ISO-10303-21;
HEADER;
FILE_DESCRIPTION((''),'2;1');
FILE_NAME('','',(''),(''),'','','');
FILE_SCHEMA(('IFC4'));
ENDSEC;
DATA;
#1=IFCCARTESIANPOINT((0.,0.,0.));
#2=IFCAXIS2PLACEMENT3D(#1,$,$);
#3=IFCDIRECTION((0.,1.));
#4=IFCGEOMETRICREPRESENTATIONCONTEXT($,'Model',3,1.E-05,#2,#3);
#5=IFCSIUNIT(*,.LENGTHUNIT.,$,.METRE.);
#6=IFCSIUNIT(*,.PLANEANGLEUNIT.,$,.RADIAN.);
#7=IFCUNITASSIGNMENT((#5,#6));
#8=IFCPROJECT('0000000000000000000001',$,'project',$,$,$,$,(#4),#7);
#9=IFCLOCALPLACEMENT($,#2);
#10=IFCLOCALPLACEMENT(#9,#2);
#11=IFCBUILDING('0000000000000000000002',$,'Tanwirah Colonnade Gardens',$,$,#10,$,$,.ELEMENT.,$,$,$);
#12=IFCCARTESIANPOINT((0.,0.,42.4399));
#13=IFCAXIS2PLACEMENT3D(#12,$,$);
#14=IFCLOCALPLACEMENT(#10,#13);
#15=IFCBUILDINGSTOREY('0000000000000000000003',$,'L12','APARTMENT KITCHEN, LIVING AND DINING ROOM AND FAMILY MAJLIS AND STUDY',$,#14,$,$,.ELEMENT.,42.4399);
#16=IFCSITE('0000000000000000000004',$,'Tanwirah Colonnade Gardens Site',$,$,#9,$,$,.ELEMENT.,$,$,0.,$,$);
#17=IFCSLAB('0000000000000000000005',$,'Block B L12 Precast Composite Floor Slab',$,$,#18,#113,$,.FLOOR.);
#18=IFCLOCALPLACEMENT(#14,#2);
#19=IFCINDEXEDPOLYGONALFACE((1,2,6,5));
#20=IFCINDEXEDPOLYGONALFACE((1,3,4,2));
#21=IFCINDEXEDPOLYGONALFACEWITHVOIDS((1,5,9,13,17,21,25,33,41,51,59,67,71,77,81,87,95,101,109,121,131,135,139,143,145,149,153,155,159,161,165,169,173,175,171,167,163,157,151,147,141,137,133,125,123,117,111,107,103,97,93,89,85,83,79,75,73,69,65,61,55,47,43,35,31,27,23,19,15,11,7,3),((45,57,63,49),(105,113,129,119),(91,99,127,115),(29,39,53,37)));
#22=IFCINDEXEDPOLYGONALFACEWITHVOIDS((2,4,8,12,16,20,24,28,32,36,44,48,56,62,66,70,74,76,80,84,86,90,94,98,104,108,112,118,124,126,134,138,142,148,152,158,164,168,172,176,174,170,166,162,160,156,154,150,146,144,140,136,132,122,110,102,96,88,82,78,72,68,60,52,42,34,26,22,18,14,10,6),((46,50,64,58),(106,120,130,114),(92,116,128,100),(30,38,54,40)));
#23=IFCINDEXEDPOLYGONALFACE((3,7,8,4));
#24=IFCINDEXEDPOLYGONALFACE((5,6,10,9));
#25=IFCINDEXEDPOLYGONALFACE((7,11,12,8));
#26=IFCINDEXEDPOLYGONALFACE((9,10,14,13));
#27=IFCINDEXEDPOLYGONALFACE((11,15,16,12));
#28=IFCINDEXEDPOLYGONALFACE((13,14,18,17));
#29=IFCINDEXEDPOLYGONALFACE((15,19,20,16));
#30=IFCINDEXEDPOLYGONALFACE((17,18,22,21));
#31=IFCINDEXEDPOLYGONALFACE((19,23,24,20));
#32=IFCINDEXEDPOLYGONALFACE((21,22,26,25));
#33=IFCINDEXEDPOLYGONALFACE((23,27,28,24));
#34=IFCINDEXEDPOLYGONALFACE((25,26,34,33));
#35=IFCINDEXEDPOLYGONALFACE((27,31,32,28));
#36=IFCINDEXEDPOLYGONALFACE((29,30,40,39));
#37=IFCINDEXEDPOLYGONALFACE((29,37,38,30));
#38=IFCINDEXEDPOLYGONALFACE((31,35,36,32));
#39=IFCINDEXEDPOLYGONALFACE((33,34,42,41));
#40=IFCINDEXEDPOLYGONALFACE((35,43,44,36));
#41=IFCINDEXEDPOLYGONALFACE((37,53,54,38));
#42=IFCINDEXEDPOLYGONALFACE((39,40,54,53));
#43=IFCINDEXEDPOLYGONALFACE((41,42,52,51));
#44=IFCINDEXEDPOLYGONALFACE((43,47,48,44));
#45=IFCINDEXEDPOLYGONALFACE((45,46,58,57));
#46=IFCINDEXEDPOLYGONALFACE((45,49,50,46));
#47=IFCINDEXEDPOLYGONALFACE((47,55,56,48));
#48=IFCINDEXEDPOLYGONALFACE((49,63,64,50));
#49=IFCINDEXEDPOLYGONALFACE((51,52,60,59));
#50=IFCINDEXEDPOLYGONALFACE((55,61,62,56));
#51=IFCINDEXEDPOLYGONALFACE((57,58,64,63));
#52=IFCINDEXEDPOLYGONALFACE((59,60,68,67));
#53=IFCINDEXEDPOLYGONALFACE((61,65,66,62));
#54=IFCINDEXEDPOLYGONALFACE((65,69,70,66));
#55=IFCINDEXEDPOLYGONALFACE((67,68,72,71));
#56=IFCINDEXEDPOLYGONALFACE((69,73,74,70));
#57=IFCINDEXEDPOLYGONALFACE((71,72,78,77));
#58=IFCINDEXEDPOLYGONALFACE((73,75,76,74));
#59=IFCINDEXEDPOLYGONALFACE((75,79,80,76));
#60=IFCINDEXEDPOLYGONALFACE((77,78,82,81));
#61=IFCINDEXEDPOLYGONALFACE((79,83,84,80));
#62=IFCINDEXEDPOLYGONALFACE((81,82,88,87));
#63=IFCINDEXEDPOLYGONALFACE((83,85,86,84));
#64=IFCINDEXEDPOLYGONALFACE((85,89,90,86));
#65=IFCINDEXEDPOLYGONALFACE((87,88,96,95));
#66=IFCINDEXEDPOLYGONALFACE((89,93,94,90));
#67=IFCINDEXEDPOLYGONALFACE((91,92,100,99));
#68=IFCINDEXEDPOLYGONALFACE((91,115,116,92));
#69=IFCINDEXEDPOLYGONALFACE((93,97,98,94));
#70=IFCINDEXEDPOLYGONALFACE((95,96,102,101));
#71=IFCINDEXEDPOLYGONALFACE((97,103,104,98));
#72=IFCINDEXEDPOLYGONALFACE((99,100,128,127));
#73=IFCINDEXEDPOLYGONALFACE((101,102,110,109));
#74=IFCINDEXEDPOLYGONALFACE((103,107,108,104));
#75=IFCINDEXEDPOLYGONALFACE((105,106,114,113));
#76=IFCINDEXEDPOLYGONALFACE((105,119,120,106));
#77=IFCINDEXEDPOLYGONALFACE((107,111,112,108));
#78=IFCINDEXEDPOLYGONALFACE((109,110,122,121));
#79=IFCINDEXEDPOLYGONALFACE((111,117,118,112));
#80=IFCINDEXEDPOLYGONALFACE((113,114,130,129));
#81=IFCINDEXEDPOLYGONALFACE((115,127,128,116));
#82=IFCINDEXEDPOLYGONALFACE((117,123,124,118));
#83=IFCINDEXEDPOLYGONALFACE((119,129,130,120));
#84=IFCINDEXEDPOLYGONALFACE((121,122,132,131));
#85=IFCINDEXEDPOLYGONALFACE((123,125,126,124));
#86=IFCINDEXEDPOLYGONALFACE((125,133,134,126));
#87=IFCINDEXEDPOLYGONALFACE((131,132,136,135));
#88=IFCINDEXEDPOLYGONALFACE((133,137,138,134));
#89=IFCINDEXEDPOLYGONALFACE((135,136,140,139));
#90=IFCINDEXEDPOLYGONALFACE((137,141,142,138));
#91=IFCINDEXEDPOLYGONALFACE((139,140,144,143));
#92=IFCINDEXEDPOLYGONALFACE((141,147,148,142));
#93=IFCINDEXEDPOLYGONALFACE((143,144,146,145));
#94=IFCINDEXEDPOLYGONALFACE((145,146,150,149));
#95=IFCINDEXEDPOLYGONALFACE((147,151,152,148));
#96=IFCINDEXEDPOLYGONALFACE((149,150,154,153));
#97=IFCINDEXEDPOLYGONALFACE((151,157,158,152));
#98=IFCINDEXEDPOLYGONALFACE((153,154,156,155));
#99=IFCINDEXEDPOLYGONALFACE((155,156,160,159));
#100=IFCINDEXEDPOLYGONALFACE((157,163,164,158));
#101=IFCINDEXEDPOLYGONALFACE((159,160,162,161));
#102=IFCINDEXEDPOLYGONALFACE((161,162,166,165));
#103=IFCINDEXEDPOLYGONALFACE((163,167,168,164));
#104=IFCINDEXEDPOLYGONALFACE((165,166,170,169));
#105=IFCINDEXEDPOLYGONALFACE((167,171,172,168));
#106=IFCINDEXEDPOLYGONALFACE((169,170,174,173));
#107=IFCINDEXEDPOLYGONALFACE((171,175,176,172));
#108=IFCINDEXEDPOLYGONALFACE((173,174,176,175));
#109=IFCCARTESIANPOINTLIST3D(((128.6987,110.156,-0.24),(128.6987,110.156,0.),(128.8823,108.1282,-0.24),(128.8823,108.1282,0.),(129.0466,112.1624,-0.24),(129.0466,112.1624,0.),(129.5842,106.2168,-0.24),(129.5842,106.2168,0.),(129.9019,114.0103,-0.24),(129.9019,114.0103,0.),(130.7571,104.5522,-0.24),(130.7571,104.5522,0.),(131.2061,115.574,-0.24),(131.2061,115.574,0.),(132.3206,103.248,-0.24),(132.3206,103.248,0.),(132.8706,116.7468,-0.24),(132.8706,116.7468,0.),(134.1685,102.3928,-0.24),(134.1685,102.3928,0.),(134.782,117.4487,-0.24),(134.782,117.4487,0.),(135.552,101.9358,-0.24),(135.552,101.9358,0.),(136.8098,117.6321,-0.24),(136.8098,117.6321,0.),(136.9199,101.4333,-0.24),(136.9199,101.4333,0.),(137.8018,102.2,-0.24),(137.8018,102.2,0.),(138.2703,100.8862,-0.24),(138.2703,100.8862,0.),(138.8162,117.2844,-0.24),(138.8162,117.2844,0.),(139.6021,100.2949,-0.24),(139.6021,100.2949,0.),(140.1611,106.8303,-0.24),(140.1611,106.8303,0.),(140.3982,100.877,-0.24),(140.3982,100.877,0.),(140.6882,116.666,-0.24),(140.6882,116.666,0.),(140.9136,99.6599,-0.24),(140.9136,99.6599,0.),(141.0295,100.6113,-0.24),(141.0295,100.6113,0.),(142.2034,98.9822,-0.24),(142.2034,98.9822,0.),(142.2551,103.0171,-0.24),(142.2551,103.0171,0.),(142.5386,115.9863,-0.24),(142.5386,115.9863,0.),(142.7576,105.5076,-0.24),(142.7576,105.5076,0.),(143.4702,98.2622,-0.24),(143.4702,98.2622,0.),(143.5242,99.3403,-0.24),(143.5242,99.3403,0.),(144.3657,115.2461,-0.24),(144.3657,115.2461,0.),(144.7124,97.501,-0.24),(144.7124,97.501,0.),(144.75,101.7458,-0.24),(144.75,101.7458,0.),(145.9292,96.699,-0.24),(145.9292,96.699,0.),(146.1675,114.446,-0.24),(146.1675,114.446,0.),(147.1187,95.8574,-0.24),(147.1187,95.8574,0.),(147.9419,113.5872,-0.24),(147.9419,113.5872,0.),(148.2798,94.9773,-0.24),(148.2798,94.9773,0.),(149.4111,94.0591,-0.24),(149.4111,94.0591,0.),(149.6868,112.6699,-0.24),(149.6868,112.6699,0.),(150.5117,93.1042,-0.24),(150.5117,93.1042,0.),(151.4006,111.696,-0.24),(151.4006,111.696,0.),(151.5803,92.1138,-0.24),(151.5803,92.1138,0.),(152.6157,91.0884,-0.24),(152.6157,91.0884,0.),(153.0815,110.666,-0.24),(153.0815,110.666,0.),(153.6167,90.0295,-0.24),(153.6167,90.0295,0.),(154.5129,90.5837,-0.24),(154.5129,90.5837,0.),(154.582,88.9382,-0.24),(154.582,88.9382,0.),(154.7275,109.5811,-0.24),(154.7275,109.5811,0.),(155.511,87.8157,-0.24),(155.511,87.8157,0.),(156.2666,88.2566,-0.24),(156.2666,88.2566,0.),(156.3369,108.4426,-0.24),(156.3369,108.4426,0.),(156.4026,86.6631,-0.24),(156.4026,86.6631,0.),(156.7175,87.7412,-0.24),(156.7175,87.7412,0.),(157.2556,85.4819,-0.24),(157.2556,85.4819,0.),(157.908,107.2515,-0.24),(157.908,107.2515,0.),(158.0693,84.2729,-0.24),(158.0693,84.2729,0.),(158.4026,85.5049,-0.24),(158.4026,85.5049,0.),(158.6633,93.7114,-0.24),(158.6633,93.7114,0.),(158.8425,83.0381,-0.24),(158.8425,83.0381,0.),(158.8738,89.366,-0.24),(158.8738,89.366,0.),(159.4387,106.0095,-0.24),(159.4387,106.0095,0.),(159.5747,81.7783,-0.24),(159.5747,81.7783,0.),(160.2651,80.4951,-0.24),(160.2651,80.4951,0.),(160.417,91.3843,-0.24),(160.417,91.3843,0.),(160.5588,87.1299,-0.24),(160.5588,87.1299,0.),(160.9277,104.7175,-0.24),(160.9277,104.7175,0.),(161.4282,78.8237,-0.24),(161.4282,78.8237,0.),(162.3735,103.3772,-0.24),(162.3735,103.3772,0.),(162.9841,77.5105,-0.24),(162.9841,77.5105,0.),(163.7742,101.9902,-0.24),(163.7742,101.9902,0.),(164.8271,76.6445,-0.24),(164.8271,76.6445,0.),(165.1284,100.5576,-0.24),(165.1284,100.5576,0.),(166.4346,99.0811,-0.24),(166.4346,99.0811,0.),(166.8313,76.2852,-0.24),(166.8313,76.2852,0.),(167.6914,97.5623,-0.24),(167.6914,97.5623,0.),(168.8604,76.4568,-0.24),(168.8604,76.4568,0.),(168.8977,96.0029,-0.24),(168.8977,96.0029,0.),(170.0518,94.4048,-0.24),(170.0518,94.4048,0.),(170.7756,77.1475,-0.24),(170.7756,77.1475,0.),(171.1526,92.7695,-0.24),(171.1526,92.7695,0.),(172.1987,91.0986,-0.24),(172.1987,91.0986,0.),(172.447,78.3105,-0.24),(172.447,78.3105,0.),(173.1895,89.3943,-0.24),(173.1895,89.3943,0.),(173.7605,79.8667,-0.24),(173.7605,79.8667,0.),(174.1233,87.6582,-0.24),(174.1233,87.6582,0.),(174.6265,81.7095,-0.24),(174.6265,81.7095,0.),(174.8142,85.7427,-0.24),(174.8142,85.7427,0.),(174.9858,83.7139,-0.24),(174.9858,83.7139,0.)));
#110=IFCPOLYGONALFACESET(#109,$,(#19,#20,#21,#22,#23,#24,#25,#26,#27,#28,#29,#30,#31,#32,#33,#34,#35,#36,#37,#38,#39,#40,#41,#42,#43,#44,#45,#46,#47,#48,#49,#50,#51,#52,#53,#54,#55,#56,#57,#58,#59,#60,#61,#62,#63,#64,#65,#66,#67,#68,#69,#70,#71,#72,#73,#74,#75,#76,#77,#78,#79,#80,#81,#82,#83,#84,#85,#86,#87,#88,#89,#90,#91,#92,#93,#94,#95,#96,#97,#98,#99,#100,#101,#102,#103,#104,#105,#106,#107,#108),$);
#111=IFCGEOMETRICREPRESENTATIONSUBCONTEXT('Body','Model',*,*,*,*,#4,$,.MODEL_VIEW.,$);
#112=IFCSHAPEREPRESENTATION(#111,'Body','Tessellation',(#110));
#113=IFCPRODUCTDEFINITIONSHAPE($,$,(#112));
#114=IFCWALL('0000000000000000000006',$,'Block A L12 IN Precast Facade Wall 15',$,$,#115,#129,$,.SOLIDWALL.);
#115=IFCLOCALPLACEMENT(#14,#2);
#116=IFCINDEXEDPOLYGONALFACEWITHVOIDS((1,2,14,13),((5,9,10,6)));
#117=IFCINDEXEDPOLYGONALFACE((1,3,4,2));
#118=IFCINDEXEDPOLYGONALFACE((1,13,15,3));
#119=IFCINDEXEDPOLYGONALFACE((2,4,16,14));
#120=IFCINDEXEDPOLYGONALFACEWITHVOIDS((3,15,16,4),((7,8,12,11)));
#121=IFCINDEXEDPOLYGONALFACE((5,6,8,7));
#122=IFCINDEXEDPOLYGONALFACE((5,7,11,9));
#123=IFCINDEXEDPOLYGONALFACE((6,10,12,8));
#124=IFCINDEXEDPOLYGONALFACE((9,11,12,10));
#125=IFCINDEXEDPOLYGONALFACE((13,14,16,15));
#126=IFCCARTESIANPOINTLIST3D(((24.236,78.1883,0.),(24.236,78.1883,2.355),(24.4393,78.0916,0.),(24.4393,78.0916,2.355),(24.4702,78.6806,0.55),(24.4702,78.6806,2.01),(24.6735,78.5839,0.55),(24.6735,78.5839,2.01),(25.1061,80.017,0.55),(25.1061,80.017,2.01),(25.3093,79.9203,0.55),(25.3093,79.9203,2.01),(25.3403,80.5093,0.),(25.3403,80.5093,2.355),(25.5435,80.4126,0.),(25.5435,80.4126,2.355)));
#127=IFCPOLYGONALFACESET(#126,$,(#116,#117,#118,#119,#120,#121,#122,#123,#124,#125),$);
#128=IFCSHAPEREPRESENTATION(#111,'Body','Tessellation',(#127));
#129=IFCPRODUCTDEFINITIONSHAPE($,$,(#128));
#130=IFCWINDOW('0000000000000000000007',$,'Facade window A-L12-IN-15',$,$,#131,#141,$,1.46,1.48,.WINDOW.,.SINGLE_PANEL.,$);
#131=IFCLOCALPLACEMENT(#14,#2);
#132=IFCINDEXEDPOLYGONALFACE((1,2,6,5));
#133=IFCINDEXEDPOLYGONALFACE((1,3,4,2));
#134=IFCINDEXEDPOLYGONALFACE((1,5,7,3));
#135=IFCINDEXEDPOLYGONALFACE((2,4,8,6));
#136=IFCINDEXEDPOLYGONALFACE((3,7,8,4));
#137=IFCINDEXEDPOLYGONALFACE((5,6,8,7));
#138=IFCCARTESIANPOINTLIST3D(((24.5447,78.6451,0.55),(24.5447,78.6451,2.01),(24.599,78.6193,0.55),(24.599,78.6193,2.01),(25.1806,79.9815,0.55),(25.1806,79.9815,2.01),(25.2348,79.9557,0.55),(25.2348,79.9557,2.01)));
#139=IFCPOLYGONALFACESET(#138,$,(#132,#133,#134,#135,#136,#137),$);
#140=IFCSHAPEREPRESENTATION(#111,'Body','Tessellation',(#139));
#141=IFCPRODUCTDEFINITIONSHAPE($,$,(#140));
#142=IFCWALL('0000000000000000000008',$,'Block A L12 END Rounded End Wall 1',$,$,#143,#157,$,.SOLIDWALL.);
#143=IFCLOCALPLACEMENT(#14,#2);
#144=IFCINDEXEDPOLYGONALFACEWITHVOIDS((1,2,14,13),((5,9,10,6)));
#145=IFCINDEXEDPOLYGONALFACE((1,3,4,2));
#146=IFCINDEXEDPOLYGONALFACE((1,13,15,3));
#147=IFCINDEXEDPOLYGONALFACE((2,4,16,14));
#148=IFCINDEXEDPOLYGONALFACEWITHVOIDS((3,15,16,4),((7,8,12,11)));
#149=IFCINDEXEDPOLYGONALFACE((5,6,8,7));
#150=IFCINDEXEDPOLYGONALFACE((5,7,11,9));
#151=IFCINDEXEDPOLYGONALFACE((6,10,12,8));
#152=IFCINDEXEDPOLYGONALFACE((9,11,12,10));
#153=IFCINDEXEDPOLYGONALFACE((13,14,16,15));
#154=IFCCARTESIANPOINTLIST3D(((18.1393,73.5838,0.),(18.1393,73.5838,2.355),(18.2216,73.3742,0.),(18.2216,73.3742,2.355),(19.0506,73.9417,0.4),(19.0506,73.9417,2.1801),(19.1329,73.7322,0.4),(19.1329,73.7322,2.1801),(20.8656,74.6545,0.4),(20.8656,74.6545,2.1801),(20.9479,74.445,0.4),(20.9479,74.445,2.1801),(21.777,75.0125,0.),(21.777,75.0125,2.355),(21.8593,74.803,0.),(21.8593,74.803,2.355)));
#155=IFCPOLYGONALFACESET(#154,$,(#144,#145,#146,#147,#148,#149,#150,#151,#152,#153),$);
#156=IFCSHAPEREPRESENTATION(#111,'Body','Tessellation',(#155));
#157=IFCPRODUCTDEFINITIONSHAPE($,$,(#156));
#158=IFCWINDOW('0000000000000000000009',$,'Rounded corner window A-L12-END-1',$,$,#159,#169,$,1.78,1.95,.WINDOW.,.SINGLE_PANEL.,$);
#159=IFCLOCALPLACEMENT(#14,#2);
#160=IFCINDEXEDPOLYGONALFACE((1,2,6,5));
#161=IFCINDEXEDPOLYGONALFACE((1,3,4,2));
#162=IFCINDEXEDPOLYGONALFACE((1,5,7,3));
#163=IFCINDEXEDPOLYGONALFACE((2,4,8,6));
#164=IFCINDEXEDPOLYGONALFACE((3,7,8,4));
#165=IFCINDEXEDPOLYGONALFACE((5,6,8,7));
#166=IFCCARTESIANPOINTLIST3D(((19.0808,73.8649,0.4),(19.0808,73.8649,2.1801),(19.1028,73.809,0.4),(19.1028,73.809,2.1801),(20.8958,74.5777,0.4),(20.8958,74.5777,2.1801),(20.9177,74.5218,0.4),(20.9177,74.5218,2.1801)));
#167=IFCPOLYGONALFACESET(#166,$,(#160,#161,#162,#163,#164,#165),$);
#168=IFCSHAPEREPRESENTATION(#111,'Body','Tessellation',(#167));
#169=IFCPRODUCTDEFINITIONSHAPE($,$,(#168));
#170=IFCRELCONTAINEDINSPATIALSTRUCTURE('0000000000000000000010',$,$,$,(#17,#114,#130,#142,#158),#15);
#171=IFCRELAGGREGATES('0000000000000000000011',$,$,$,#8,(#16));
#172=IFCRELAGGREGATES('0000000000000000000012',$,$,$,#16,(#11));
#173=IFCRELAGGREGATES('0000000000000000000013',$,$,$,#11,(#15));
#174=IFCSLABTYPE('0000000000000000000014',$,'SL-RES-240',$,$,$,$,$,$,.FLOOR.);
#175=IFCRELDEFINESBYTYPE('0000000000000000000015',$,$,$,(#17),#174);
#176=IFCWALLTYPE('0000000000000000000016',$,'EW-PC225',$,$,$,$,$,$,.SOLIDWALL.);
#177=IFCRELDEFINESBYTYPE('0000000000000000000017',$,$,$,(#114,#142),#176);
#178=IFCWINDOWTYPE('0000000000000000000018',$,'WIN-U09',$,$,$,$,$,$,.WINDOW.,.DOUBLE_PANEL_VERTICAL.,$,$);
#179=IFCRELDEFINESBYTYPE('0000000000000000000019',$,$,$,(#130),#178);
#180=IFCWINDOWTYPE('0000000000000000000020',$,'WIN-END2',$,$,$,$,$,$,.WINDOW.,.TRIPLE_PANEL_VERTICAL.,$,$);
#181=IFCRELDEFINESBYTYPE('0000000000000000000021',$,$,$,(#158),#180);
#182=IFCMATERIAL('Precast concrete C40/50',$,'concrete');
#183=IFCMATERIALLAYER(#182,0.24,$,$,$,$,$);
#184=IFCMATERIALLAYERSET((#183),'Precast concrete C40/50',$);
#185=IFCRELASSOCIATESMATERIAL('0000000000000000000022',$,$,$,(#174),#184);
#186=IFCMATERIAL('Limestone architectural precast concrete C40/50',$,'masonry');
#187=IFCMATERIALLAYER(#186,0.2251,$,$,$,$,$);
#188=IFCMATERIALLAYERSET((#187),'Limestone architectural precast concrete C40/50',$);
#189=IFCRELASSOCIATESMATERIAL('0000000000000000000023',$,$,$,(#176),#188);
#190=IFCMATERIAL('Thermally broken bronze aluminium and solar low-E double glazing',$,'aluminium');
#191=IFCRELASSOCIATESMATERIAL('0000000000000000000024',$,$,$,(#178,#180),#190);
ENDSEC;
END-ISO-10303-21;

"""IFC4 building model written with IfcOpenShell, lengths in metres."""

from ifc_helpers import new_model, si_unit, direction, frame, frame_2d, origin, place, context, subcontext, project, spatial, polyline, rectangle, outline, extrude, material, layer, layer_set, type_object, element, fill, save


model = new_model("IFC4")

# Units and contexts
model_context = context("Model", 3, precision=1e-05, world=origin(), true_north=direction((0.0, 1.0)))
body_context = subcontext(model_context, "Body", "Model", "MODEL_VIEW")
ifc_project = project(units=[si_unit("LENGTHUNIT", "METRE"), si_unit("PLANEANGLEUNIT", "RADIAN")], contexts=[model_context])

# Site, building, storey
site_placement = place(None, origin())
site = spatial("IfcSite", under=ifc_project, at=site_placement, Name="Tanwirah Colonnade Gardens Site", CompositionType="ELEMENT", RefElevation=0.0)
building_placement = place(site_placement, origin())
building = spatial("IfcBuilding", under=site, at=building_placement, Name="Tanwirah Colonnade Gardens", CompositionType="ELEMENT")
storey_placement = place(building_placement, frame((0.0, 0.0, 42.4399)))
storey = spatial("IfcBuildingStorey", under=building, at=storey_placement, Name="L12", Description="APARTMENT KITCHEN, LIVING AND DINING ROOM AND FAMILY MAJLIS AND STUDY", CompositionType="ELEMENT", Elevation=42.4399)

# Shared definitions
ifc_material_1 = material(Name="Precast concrete C40/50", Category="concrete")

# Slab
ifc_layer_1 = layer(ifc_material_1, 0.24)
ifc_layer_set_1 = layer_set([ifc_layer_1], Name="Precast concrete C40/50")
slab_type_1 = type_object("IfcSlabType", Name="SL-RES-240", PredefinedType="FLOOR", material=ifc_layer_set_1)
slab_1_placement = place(storey_placement, frame((0.0, 0.0, -0.24)))
element("IfcSlab", 1, at=slab_1_placement, inside=storey, type_object=slab_type_1, Name="Block B L12 Precast Composite Floor Slab", PredefinedType="FLOOR", context=body_context, shape_type="SweptSolid", body=[
    extrude(outline(polyline([(158.8425, 83.0381), (159.5747, 81.7783), (160.2651, 80.4951), (161.4282, 78.8237), (162.9841, 77.5105), (164.8271, 76.6445), (166.8313, 76.2852), (168.8604, 76.4568), (170.7756, 77.1475), (172.447, 78.3105), (173.7605, 79.8667), (174.6265, 81.7095), (174.9858, 83.7139), (174.8142, 85.7427), (174.1233, 87.6582), (173.1895, 89.3943), (172.1987, 91.0986), (171.1526, 92.7695), (170.0518, 94.4048), (168.8977, 96.0029), (167.6914, 97.5623), (166.4346, 99.0811), (165.1284, 100.5576), (163.7742, 101.9902), (162.3735, 103.3772), (160.9277, 104.7175), (159.4387, 106.0095), (157.908, 107.2515), (156.3369, 108.4426), (154.7275, 109.5811), (153.0815, 110.666), (151.4006, 111.696), (149.6868, 112.6699), (147.9419, 113.5872), (146.1675, 114.446), (144.3657, 115.2461), (142.5386, 115.9863), (140.6882, 116.666), (138.8162, 117.2844), (136.8098, 117.6321), (134.782, 117.4487), (132.8706, 116.7468), (131.2061, 115.574), (129.9019, 114.0103), (129.0466, 112.1624), (128.6987, 110.156), (128.8823, 108.1282), (129.5842, 106.2168), (130.7571, 104.5522), (132.3206, 103.248), (134.1685, 102.3928), (135.552, 101.9358), (136.9199, 101.4333), (138.2703, 100.8862), (139.6021, 100.2949), (140.9136, 99.6599), (142.2034, 98.9822), (143.4702, 98.2622), (144.7124, 97.501), (145.9292, 96.699), (147.1187, 95.8574), (148.2798, 94.9773), (149.4111, 94.0591), (150.5117, 93.1042), (151.5803, 92.1138), (152.6157, 91.0884), (153.6167, 90.0295), (154.582, 88.9382), (155.511, 87.8157), (156.4026, 86.6631), (157.2556, 85.4819), (158.0693, 84.2729), (158.8425, 83.0381)]), holes=[polyline([(160.417, 91.3843), (156.2666, 88.2566), (154.5129, 90.5837), (158.6633, 93.7114), (160.417, 91.3843)]), polyline([(158.4026, 85.5049), (156.7175, 87.7412), (158.8738, 89.366), (160.5588, 87.1299), (158.4026, 85.5049)]), polyline([(137.8018, 102.2), (140.1611, 106.8303), (142.7576, 105.5076), (140.3982, 100.877), (137.8018, 102.2)]), polyline([(142.2551, 103.0171), (144.75, 101.7458), (143.5242, 99.3403), (141.0295, 100.6113), (142.2551, 103.0171)])]), origin(), (0.0, 0.0, 1.0), 0.24),
])

# Walls, openings, windows
ifc_material_2 = material(Name="Limestone architectural precast concrete C40/50", Category="masonry")
ifc_layer_2 = layer(ifc_material_2, 0.2251)
ifc_layer_set_2 = layer_set([ifc_layer_2], Name="Limestone architectural precast concrete C40/50")
wall_type_1 = type_object("IfcWallType", Name="EW-PC225", PredefinedType="SOLIDWALL", material=ifc_layer_set_2)
wall_1_placement = place(storey_placement, frame((25.4419, 80.4609, 0.0), z_axis=(0.0, 0.0, 1.0), x_axis=(-0.429613, -0.903013, 0.0)))
wall_1 = element("IfcWall", 2, at=wall_1_placement, inside=storey, type_object=wall_type_1, Name="Block A L12 IN Precast Facade Wall 15", PredefinedType="SOLIDWALL", context=body_context, shape_type="SweptSolid", body=[
    extrude(rectangle(XDim=2.5703, YDim=0.2251, at=frame_2d((1.2852, 0.0))), origin(), (0.0, 0.0, 1.0), 2.355),
])
opening_1_placement = place(wall_1_placement, frame((0.5452, 0.0, 0.55)))
opening_1 = element("IfcOpeningElement", 3, at=opening_1_placement, cuts=wall_1, PredefinedType="OPENING", context=body_context, shape_type="SweptSolid", body=[
    extrude(rectangle(XDim=1.48, YDim=1.46, at=frame_2d((0.74, 0.73))), frame((0.0, 0.1226, 0.0), z_axis=(0.0, -1.0, 0.0), x_axis=(1.0, 0.0, 0.0)), (0.0, 0.0, 1.0), 0.2451),
])
ifc_material_3 = material(Name="Thermally broken bronze aluminium and solar low-E double glazing", Category="aluminium")
window_type_1 = type_object("IfcWindowType", Name="WIN-U09", PartitioningType="DOUBLE_PANEL_VERTICAL", PredefinedType="WINDOW", material=ifc_material_3)
window_1_placement = place(opening_1_placement, origin())
window_1 = element("IfcWindow", 4, at=window_1_placement, inside=storey, type_object=window_type_1, Name="Facade window A-L12-IN-15", OverallHeight=1.46, OverallWidth=1.48, PartitioningType="SINGLE_PANEL", PredefinedType="WINDOW", context=body_context, shape_type="SweptSolid", body=[
    extrude(rectangle(XDim=1.48, YDim=1.46, at=frame_2d((0.74, 0.73))), frame((0.0, 0.03, 0.0), z_axis=(0.0, -1.0, 0.0), x_axis=(1.0, 0.0, 0.0)), (0.0, 0.0, 1.0), 0.0601),
])
fill(opening_1, window_1)
wall_2_placement = place(storey_placement, frame((21.8181, 74.9077, 0.0), z_axis=(0.0, 0.0, 1.0), x_axis=(-0.930785, -0.365567, 0.0)))
wall_2 = element("IfcWall", 5, at=wall_2_placement, inside=storey, type_object=wall_type_1, Name="Block A L12 END Rounded End Wall 1", PredefinedType="SOLIDWALL", context=body_context, shape_type="SweptSolid", body=[
    extrude(rectangle(XDim=3.9082, YDim=0.2251, at=frame_2d((1.9541, 0.0))), origin(), (0.0, 0.0, 1.0), 2.355),
])
opening_2_placement = place(wall_2_placement, frame((0.979, 0.0, 0.3999)))
opening_2 = element("IfcOpeningElement", 6, at=opening_2_placement, cuts=wall_2, PredefinedType="OPENING", context=body_context, shape_type="SweptSolid", body=[
    extrude(rectangle(XDim=1.95, YDim=1.78, at=frame_2d((0.9751, 0.8901))), frame((0.0, 0.1226, 0.0), z_axis=(0.0, -1.0, 0.0), x_axis=(1.0, 0.0, 0.0)), (0.0, 0.0, 1.0), 0.2451),
])
window_type_2 = type_object("IfcWindowType", Name="WIN-END2", PartitioningType="TRIPLE_PANEL_VERTICAL", PredefinedType="WINDOW", material=ifc_material_3)
window_2_placement = place(opening_2_placement, origin())
window_2 = element("IfcWindow", 7, at=window_2_placement, inside=storey, type_object=window_type_2, Name="Rounded corner window A-L12-END-1", OverallHeight=1.78, OverallWidth=1.95, PartitioningType="SINGLE_PANEL", PredefinedType="WINDOW", context=body_context, shape_type="SweptSolid", body=[
    extrude(rectangle(XDim=1.95, YDim=1.78, at=frame_2d((0.9751, 0.8901))), frame((0.0, 0.03, 0.0), z_axis=(0.0, -1.0, 0.0), x_axis=(1.0, 0.0, 0.0)), (0.0, 0.0, 1.0), 0.0601),
])
fill(opening_2, window_2)

save(model, "model.ifc")
